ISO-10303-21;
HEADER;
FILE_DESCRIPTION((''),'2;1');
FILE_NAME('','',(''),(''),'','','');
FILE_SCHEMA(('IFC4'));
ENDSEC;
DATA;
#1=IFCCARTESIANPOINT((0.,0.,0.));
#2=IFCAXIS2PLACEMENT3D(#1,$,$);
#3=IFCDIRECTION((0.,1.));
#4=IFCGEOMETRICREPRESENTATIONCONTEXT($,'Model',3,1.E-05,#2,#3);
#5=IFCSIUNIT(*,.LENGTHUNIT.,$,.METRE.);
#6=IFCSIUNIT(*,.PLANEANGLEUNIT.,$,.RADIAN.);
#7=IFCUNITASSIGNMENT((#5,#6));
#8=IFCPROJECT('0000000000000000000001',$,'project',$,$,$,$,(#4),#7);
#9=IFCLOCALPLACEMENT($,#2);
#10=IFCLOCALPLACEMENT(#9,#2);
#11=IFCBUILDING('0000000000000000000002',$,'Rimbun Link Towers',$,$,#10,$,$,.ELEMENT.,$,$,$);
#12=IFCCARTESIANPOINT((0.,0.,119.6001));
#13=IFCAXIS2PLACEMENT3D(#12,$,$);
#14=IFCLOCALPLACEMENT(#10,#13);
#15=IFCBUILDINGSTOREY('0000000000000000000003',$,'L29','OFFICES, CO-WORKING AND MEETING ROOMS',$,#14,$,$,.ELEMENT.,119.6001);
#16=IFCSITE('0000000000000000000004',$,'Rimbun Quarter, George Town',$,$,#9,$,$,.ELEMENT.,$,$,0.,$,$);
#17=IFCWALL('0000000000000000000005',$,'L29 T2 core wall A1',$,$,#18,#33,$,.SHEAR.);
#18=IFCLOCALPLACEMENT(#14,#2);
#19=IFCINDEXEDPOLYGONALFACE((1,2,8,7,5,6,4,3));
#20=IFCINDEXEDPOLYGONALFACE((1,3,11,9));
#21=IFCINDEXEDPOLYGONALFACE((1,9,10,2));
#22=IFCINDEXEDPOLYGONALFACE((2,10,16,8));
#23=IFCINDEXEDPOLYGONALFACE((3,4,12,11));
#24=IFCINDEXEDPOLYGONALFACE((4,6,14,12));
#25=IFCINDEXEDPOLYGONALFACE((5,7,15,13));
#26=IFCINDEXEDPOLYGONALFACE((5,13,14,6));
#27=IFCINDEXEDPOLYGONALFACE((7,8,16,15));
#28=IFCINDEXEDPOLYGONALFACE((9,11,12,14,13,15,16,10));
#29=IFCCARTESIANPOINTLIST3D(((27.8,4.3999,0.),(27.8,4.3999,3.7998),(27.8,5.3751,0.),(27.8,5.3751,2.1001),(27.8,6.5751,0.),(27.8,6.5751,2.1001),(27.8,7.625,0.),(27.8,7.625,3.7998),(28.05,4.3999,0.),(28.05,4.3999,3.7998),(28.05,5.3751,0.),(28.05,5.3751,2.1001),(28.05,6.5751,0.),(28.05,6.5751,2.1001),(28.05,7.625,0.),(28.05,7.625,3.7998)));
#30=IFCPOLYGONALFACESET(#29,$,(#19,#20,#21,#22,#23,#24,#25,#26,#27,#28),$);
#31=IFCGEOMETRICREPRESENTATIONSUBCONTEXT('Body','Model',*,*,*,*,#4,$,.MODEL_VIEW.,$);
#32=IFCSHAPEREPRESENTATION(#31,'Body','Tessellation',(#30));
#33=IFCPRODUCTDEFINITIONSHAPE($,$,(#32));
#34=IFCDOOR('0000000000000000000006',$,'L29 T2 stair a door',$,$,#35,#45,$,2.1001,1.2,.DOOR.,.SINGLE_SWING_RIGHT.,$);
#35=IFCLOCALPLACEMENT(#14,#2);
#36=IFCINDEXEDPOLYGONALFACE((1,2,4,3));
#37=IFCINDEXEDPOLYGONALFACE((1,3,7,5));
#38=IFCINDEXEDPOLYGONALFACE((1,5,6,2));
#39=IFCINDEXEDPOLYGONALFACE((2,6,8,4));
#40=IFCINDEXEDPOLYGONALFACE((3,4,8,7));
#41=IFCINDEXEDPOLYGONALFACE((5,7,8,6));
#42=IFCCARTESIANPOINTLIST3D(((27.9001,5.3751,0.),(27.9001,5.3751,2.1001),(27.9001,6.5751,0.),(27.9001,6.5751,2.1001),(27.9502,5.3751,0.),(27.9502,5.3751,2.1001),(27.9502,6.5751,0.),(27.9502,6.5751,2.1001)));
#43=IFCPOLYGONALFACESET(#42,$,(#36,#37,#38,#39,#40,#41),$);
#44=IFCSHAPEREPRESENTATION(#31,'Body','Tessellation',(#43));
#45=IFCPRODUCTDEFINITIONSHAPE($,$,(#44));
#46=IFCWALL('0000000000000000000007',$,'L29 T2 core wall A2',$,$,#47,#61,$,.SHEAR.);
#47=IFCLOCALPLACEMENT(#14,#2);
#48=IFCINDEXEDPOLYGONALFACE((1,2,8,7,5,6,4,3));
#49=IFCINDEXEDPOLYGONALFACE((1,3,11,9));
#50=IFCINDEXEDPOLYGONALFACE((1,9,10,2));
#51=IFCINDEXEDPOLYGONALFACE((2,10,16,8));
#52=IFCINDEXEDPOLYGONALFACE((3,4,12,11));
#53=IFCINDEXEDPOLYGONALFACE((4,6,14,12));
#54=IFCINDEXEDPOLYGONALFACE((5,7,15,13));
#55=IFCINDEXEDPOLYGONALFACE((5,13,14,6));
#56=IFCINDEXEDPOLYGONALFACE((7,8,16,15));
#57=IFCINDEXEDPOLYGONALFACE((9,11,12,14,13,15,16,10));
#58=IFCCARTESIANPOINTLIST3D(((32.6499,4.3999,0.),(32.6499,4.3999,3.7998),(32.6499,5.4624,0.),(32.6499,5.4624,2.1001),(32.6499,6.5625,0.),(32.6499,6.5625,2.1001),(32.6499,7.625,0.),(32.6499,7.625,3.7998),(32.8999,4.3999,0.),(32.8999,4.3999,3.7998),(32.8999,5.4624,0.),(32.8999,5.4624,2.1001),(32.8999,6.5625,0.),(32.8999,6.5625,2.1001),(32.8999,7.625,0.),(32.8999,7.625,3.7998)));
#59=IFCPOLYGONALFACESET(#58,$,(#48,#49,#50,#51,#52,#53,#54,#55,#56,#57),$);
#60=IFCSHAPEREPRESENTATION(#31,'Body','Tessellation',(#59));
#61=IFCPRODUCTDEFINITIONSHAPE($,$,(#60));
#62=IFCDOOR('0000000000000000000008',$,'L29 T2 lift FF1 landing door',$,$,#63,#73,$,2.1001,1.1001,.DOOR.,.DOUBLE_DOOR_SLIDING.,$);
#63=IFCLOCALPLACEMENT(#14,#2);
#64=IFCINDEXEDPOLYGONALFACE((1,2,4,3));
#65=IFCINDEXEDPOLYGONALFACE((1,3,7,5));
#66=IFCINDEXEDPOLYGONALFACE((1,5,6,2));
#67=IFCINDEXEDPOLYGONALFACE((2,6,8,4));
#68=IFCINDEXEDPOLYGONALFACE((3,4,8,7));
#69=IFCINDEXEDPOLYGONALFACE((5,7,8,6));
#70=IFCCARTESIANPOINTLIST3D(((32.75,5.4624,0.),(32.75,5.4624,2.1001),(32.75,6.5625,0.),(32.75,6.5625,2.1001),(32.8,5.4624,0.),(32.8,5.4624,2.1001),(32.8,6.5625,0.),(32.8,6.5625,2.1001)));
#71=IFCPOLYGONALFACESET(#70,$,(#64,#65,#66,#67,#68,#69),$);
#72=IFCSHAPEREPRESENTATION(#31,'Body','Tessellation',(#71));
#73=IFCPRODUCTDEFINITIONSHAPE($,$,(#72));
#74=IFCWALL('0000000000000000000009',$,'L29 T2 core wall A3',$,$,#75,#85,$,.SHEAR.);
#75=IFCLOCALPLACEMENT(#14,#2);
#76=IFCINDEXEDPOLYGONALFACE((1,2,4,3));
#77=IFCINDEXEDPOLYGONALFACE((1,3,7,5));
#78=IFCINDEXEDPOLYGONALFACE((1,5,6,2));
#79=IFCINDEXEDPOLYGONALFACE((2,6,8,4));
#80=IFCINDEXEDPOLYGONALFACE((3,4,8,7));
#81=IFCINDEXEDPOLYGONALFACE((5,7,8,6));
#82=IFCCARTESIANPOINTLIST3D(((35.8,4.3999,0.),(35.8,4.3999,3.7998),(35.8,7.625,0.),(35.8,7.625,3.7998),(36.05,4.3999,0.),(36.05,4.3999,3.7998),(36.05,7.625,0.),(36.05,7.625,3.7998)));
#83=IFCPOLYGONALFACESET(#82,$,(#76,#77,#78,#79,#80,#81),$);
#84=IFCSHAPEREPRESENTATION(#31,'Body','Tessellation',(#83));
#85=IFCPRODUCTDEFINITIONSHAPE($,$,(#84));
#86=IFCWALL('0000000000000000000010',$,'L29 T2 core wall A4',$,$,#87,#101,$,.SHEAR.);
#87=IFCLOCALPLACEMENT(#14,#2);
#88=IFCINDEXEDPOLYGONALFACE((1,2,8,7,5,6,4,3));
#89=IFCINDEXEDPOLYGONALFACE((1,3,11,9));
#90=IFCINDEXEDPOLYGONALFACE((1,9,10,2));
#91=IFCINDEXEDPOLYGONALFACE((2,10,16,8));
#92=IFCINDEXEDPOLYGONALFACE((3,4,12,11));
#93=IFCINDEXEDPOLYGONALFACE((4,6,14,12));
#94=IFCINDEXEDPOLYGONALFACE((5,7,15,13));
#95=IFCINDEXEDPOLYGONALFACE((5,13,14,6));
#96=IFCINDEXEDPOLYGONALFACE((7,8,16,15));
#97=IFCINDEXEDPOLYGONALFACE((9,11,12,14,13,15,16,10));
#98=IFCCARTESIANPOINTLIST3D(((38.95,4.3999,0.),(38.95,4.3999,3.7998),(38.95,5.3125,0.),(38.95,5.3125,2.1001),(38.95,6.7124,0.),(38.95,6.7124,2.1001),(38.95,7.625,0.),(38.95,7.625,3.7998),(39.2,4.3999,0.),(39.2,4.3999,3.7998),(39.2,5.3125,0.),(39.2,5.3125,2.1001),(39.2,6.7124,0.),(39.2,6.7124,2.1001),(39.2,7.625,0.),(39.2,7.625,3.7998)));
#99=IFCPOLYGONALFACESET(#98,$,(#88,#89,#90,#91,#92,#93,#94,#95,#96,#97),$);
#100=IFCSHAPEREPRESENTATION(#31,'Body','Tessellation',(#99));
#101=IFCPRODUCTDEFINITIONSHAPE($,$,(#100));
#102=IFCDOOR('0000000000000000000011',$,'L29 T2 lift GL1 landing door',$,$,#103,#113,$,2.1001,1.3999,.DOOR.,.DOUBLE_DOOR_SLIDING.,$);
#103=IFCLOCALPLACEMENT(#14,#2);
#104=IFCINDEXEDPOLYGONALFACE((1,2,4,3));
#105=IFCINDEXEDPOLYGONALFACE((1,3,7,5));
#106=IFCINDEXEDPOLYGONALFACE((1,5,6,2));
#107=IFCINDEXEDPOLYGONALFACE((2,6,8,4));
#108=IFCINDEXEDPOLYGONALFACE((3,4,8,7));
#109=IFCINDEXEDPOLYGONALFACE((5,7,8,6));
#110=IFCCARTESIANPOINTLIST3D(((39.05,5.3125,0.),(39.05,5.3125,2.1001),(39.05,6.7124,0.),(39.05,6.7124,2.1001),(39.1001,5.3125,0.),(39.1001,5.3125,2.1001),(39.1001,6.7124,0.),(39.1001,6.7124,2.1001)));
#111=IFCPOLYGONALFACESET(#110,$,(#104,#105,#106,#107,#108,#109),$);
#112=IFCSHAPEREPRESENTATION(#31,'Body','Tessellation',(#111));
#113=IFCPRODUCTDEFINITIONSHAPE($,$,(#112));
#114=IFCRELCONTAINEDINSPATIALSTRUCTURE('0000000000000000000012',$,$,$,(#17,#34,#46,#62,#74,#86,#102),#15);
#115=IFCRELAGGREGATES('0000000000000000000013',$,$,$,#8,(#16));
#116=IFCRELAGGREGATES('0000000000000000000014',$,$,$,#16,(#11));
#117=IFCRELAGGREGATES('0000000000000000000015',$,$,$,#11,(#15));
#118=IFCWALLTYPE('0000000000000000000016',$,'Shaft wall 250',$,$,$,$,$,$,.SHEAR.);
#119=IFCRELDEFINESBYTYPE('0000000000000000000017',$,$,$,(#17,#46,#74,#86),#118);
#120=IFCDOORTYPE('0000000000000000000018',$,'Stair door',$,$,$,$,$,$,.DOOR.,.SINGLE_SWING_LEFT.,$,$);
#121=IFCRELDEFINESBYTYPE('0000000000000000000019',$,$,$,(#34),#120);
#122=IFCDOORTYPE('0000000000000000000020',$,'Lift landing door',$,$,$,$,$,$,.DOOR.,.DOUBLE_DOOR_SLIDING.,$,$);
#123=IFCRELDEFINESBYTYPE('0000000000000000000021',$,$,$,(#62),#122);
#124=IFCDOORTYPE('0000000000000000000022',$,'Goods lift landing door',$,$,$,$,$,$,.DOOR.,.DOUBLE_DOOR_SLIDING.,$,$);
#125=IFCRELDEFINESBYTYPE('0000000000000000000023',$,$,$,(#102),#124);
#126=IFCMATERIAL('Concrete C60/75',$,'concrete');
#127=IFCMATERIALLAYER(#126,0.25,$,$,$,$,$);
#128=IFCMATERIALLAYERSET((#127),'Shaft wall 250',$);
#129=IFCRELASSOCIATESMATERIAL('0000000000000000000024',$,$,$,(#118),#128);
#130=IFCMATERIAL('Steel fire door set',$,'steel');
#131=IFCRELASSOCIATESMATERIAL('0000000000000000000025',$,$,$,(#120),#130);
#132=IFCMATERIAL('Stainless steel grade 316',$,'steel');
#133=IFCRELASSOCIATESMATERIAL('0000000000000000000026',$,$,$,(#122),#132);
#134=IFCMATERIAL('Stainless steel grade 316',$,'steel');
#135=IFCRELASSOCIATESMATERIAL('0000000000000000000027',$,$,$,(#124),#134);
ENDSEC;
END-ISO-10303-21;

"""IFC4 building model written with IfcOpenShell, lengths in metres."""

from ifc_helpers import new_model, si_unit, direction, frame, frame_2d, origin, place, context, subcontext, project, spatial, rectangle, extrude, material, layer, layer_set, type_object, element, fill, save


model = new_model("IFC4")

# Units and contexts
model_context = context("Model", 3, precision=1e-05, world=origin(), true_north=direction((0.0, 1.0)))
body_context = subcontext(model_context, "Body", "Model", "MODEL_VIEW")
ifc_project = project(units=[si_unit("LENGTHUNIT", "METRE"), si_unit("PLANEANGLEUNIT", "RADIAN")], contexts=[model_context])

# Site, building, storey
site_placement = place(None, origin())
site = spatial("IfcSite", under=ifc_project, at=site_placement, Name="Rimbun Quarter, George Town", CompositionType="ELEMENT", RefElevation=0.0)
building_placement = place(site_placement, origin())
building = spatial("IfcBuilding", under=site, at=building_placement, Name="Rimbun Link Towers", CompositionType="ELEMENT")
storey_placement = place(building_placement, frame((0.0, 0.0, 119.6001)))
storey = spatial("IfcBuildingStorey", under=building, at=storey_placement, Name="L29", Description="OFFICES, CO-WORKING AND MEETING ROOMS", CompositionType="ELEMENT", Elevation=119.6001)

# Shared definitions
ifc_material_1 = material(Name="Concrete C60/75", Category="concrete")
ifc_layer = layer(ifc_material_1, 0.25)
ifc_layer_set = layer_set([ifc_layer], Name="Shaft wall 250")
wall_type = type_object("IfcWallType", Name="Shaft wall 250", PredefinedType="SHEAR", material=ifc_layer_set)

# Walls, openings, doors
wall_1_placement = place(storey_placement, frame((27.925, 4.3999, 0.0), z_axis=(0.0, 0.0, 1.0), x_axis=(0.0, 1.0, 0.0)))
wall_1 = element("IfcWall", 1, at=wall_1_placement, inside=storey, type_object=wall_type, Name="L29 T2 core wall A1", PredefinedType="SHEAR", context=body_context, shape_type="SweptSolid", body=[
    extrude(rectangle(XDim=3.2251, YDim=0.25, at=frame_2d((1.6125, 0.0))), origin(), (0.0, 0.0, 1.0), 3.7998),
])
opening_1_placement = place(wall_1_placement, frame((0.9751, 0.0, 0.0)))
opening_1 = element("IfcOpeningElement", 2, at=opening_1_placement, cuts=wall_1, PredefinedType="OPENING", context=body_context, shape_type="SweptSolid", body=[
    extrude(rectangle(XDim=1.2, YDim=2.1001, at=frame_2d((0.6001, 1.05))), frame((0.0, 0.135, 0.0), z_axis=(0.0, -1.0, 0.0), x_axis=(1.0, 0.0, 0.0)), (0.0, 0.0, 1.0), 0.27),
])
ifc_material_2 = material(Name="Steel fire door set", Category="steel")
door_type_1 = type_object("IfcDoorType", Name="Stair door", OperationType="SINGLE_SWING_LEFT", PredefinedType="DOOR", material=ifc_material_2)
door_1_placement = place(opening_1_placement, origin())
door_1 = element("IfcDoor", 3, at=door_1_placement, inside=storey, type_object=door_type_1, Name="L29 T2 stair a door", OperationType="SINGLE_SWING_RIGHT", OverallHeight=2.1001, OverallWidth=1.2, PredefinedType="DOOR", context=body_context, shape_type="SweptSolid", body=[
    extrude(rectangle(XDim=1.2, YDim=2.1001, at=frame_2d((0.6001, 1.05))), frame((0.0, 0.0249, 0.0), z_axis=(0.0, -1.0, 0.0), x_axis=(1.0, 0.0, 0.0)), (0.0, 0.0, 1.0), 0.05),
])
fill(opening_1, door_1)
wall_2_placement = place(storey_placement, frame((32.7749, 4.3999, 0.0), z_axis=(0.0, 0.0, 1.0), x_axis=(0.0, 1.0, 0.0)))
wall_2 = element("IfcWall", 4, at=wall_2_placement, inside=storey, type_object=wall_type, Name="L29 T2 core wall A2", PredefinedType="SHEAR", context=body_context, shape_type="SweptSolid", body=[
    extrude(rectangle(XDim=3.2251, YDim=0.25, at=frame_2d((1.6125, 0.0))), origin(), (0.0, 0.0, 1.0), 3.7998),
])
opening_2_placement = place(wall_2_placement, frame((1.0625, 0.0, 0.0)))
opening_2 = element("IfcOpeningElement", 5, at=opening_2_placement, cuts=wall_2, PredefinedType="OPENING", context=body_context, shape_type="SweptSolid", body=[
    extrude(rectangle(XDim=1.1001, YDim=2.1001, at=frame_2d((0.55, 1.05))), frame((0.0, 0.135, 0.0), z_axis=(0.0, -1.0, 0.0), x_axis=(1.0, 0.0, 0.0)), (0.0, 0.0, 1.0), 0.27),
])
ifc_material_3 = material(Name="Stainless steel grade 316", Category="steel")
door_type_2 = type_object("IfcDoorType", Name="Lift landing door", OperationType="DOUBLE_DOOR_SLIDING", PredefinedType="DOOR", material=ifc_material_3)
door_2_placement = place(opening_2_placement, origin())
door_2 = element("IfcDoor", 6, at=door_2_placement, inside=storey, type_object=door_type_2, Name="L29 T2 lift FF1 landing door", OperationType="DOUBLE_DOOR_SLIDING", OverallHeight=2.1001, OverallWidth=1.1001, PredefinedType="DOOR", context=body_context, shape_type="SweptSolid", body=[
    extrude(rectangle(XDim=1.1001, YDim=2.1001, at=frame_2d((0.55, 1.05))), frame((0.0, 0.0249, 0.0), z_axis=(0.0, -1.0, 0.0), x_axis=(1.0, 0.0, 0.0)), (0.0, 0.0, 1.0), 0.05),
])
fill(opening_2, door_2)

# Wall
wall_3_placement = place(storey_placement, frame((35.925, 4.3999, 0.0), z_axis=(0.0, 0.0, 1.0), x_axis=(0.0, 1.0, 0.0)))
element("IfcWall", 7, at=wall_3_placement, inside=storey, type_object=wall_type, Name="L29 T2 core wall A3", PredefinedType="SHEAR", context=body_context, shape_type="SweptSolid", body=[
    extrude(rectangle(XDim=3.2251, YDim=0.25, at=frame_2d((1.6125, 0.0))), origin(), (0.0, 0.0, 1.0), 3.7998),
])

# Wall, opening, door
wall_4_placement = place(storey_placement, frame((39.075, 4.3999, 0.0), z_axis=(0.0, 0.0, 1.0), x_axis=(0.0, 1.0, 0.0)))
wall_4 = element("IfcWall", 8, at=wall_4_placement, inside=storey, type_object=wall_type, Name="L29 T2 core wall A4", PredefinedType="SHEAR", context=body_context, shape_type="SweptSolid", body=[
    extrude(rectangle(XDim=3.2251, YDim=0.25, at=frame_2d((1.6125, 0.0))), origin(), (0.0, 0.0, 1.0), 3.7998),
])
opening_3_placement = place(wall_4_placement, frame((0.9126, 0.0, 0.0)))
opening_3 = element("IfcOpeningElement", 9, at=opening_3_placement, cuts=wall_4, PredefinedType="OPENING", context=body_context, shape_type="SweptSolid", body=[
    extrude(rectangle(XDim=1.3999, YDim=2.1001, at=frame_2d((0.7, 1.05))), frame((0.0, 0.135, 0.0), z_axis=(0.0, -1.0, 0.0), x_axis=(1.0, 0.0, 0.0)), (0.0, 0.0, 1.0), 0.27),
])
ifc_material_4 = material(Name="Stainless steel grade 316", Category="steel")
door_type_3 = type_object("IfcDoorType", Name="Goods lift landing door", OperationType="DOUBLE_DOOR_SLIDING", PredefinedType="DOOR", material=ifc_material_4)
door_3_placement = place(opening_3_placement, origin())
door_3 = element("IfcDoor", 10, at=door_3_placement, inside=storey, type_object=door_type_3, Name="L29 T2 lift GL1 landing door", OperationType="DOUBLE_DOOR_SLIDING", OverallHeight=2.1001, OverallWidth=1.3999, PredefinedType="DOOR", context=body_context, shape_type="SweptSolid", body=[
    extrude(rectangle(XDim=1.3999, YDim=2.1001, at=frame_2d((0.7, 1.05))), frame((0.0, 0.0249, 0.0), z_axis=(0.0, -1.0, 0.0), x_axis=(1.0, 0.0, 0.0)), (0.0, 0.0, 1.0), 0.05),
])
fill(opening_3, door_3)

save(model, "model.ifc")
